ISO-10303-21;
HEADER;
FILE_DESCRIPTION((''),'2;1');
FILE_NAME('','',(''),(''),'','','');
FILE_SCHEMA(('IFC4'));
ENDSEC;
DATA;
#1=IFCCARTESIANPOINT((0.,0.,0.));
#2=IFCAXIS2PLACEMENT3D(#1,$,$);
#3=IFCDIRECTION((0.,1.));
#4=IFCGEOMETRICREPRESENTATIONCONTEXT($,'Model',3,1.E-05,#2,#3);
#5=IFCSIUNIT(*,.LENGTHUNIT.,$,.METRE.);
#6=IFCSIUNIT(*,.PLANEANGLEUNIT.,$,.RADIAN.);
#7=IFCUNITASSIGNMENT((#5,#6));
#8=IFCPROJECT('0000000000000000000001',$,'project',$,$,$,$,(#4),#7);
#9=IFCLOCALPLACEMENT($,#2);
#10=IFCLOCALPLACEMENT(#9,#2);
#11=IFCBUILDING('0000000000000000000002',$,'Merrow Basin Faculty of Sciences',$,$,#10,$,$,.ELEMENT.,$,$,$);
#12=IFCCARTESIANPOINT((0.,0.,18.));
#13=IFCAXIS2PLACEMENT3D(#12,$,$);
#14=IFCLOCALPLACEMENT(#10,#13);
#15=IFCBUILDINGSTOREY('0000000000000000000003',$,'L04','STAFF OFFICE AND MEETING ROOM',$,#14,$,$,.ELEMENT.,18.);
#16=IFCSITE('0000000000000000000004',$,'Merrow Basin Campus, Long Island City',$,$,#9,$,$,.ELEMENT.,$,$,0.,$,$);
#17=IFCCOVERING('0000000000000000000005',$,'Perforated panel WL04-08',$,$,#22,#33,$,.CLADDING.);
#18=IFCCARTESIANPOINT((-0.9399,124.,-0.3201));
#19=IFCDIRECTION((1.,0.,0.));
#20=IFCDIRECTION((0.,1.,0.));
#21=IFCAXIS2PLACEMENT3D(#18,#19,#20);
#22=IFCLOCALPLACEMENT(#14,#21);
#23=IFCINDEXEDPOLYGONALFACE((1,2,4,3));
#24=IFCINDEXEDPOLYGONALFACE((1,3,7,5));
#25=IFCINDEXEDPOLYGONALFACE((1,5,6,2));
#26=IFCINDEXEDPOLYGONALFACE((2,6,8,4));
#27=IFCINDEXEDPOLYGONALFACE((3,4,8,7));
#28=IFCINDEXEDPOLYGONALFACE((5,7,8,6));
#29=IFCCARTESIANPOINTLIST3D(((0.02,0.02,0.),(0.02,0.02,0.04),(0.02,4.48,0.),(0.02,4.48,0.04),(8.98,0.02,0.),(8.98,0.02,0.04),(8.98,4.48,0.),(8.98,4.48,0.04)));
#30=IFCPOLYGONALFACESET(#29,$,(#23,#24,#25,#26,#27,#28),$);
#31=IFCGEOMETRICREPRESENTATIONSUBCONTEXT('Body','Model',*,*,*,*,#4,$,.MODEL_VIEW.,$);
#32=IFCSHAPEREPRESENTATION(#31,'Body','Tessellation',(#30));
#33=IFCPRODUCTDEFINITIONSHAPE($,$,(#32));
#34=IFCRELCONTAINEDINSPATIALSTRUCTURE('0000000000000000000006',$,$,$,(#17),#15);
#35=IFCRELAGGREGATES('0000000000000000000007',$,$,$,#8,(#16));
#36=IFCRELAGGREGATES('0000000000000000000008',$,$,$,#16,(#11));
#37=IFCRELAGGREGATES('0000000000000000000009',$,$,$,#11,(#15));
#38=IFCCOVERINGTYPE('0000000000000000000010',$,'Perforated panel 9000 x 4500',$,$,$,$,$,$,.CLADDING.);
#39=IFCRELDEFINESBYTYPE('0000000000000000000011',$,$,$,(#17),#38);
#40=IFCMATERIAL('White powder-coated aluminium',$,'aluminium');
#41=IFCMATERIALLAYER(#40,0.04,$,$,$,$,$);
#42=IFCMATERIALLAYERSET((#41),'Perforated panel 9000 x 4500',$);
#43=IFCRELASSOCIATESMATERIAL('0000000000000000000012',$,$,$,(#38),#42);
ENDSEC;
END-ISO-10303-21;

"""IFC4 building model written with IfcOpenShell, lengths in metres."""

from ifc_helpers import new_model, si_unit, direction, frame, origin, place, context, subcontext, project, spatial, polyline, outline, extrude, source, transform, mapped, material, layer, layer_set, type_object, element, save


model = new_model("IFC4")

# Units and contexts
model_context = context("Model", 3, precision=1e-05, world=origin(), true_north=direction((0.0, 1.0)))
body_context = subcontext(model_context, "Body", "Model", "MODEL_VIEW")
ifc_project = project(units=[si_unit("LENGTHUNIT", "METRE"), si_unit("PLANEANGLEUNIT", "RADIAN")], contexts=[model_context])

# Site, building, storey
site_placement = place(None, origin())
site = spatial("IfcSite", under=ifc_project, at=site_placement, Name="Merrow Basin Campus, Long Island City", CompositionType="ELEMENT", RefElevation=0.0)
building_placement = place(site_placement, origin())
building = spatial("IfcBuilding", under=site, at=building_placement, Name="Merrow Basin Faculty of Sciences", CompositionType="ELEMENT")
storey_placement = place(building_placement, frame((0.0, 0.0, 18.0)))
storey = spatial("IfcBuildingStorey", under=building, at=storey_placement, Name="L04", Description="STAFF OFFICE AND MEETING ROOM", CompositionType="ELEMENT", Elevation=18.0)

# Covering
ifc_material_1 = material(Name="White powder-coated aluminium", Category="aluminium")
ifc_layer_1 = layer(ifc_material_1, 0.04)
ifc_layer_set_1 = layer_set([ifc_layer_1], Name="Perforated panel 9000 x 4500")
covering_type = type_object("IfcCoveringType", Name="Perforated panel 9000 x 4500", PredefinedType="CLADDING", material=ifc_layer_set_1)
shared_shape_1 = source(origin(), body_context, "Body", "SweptSolid", [
    extrude(outline(polyline([(0.02, 0.02), (8.98, 0.02), (8.98, 4.48), (0.02, 4.48), (0.02, 0.02)])), origin(), (0.0, 0.0, 1.0), 0.04),
])
covering_placement = place(storey_placement, frame((-0.9399, 124.0, -0.3201), z_axis=(1.0, 0.0, 0.0), x_axis=(0.0, 1.0, 0.0)))
element("IfcCovering", 1, at=covering_placement, inside=storey, type_object=covering_type, Name="Perforated panel WL04-08", PredefinedType="CLADDING", context=body_context, shape_type="MappedRepresentation", body=[
    mapped(shared_shape_1, transform((0.0, 0.0, 0.0), scale=1.0)),
])

save(model, "model.ifc")
